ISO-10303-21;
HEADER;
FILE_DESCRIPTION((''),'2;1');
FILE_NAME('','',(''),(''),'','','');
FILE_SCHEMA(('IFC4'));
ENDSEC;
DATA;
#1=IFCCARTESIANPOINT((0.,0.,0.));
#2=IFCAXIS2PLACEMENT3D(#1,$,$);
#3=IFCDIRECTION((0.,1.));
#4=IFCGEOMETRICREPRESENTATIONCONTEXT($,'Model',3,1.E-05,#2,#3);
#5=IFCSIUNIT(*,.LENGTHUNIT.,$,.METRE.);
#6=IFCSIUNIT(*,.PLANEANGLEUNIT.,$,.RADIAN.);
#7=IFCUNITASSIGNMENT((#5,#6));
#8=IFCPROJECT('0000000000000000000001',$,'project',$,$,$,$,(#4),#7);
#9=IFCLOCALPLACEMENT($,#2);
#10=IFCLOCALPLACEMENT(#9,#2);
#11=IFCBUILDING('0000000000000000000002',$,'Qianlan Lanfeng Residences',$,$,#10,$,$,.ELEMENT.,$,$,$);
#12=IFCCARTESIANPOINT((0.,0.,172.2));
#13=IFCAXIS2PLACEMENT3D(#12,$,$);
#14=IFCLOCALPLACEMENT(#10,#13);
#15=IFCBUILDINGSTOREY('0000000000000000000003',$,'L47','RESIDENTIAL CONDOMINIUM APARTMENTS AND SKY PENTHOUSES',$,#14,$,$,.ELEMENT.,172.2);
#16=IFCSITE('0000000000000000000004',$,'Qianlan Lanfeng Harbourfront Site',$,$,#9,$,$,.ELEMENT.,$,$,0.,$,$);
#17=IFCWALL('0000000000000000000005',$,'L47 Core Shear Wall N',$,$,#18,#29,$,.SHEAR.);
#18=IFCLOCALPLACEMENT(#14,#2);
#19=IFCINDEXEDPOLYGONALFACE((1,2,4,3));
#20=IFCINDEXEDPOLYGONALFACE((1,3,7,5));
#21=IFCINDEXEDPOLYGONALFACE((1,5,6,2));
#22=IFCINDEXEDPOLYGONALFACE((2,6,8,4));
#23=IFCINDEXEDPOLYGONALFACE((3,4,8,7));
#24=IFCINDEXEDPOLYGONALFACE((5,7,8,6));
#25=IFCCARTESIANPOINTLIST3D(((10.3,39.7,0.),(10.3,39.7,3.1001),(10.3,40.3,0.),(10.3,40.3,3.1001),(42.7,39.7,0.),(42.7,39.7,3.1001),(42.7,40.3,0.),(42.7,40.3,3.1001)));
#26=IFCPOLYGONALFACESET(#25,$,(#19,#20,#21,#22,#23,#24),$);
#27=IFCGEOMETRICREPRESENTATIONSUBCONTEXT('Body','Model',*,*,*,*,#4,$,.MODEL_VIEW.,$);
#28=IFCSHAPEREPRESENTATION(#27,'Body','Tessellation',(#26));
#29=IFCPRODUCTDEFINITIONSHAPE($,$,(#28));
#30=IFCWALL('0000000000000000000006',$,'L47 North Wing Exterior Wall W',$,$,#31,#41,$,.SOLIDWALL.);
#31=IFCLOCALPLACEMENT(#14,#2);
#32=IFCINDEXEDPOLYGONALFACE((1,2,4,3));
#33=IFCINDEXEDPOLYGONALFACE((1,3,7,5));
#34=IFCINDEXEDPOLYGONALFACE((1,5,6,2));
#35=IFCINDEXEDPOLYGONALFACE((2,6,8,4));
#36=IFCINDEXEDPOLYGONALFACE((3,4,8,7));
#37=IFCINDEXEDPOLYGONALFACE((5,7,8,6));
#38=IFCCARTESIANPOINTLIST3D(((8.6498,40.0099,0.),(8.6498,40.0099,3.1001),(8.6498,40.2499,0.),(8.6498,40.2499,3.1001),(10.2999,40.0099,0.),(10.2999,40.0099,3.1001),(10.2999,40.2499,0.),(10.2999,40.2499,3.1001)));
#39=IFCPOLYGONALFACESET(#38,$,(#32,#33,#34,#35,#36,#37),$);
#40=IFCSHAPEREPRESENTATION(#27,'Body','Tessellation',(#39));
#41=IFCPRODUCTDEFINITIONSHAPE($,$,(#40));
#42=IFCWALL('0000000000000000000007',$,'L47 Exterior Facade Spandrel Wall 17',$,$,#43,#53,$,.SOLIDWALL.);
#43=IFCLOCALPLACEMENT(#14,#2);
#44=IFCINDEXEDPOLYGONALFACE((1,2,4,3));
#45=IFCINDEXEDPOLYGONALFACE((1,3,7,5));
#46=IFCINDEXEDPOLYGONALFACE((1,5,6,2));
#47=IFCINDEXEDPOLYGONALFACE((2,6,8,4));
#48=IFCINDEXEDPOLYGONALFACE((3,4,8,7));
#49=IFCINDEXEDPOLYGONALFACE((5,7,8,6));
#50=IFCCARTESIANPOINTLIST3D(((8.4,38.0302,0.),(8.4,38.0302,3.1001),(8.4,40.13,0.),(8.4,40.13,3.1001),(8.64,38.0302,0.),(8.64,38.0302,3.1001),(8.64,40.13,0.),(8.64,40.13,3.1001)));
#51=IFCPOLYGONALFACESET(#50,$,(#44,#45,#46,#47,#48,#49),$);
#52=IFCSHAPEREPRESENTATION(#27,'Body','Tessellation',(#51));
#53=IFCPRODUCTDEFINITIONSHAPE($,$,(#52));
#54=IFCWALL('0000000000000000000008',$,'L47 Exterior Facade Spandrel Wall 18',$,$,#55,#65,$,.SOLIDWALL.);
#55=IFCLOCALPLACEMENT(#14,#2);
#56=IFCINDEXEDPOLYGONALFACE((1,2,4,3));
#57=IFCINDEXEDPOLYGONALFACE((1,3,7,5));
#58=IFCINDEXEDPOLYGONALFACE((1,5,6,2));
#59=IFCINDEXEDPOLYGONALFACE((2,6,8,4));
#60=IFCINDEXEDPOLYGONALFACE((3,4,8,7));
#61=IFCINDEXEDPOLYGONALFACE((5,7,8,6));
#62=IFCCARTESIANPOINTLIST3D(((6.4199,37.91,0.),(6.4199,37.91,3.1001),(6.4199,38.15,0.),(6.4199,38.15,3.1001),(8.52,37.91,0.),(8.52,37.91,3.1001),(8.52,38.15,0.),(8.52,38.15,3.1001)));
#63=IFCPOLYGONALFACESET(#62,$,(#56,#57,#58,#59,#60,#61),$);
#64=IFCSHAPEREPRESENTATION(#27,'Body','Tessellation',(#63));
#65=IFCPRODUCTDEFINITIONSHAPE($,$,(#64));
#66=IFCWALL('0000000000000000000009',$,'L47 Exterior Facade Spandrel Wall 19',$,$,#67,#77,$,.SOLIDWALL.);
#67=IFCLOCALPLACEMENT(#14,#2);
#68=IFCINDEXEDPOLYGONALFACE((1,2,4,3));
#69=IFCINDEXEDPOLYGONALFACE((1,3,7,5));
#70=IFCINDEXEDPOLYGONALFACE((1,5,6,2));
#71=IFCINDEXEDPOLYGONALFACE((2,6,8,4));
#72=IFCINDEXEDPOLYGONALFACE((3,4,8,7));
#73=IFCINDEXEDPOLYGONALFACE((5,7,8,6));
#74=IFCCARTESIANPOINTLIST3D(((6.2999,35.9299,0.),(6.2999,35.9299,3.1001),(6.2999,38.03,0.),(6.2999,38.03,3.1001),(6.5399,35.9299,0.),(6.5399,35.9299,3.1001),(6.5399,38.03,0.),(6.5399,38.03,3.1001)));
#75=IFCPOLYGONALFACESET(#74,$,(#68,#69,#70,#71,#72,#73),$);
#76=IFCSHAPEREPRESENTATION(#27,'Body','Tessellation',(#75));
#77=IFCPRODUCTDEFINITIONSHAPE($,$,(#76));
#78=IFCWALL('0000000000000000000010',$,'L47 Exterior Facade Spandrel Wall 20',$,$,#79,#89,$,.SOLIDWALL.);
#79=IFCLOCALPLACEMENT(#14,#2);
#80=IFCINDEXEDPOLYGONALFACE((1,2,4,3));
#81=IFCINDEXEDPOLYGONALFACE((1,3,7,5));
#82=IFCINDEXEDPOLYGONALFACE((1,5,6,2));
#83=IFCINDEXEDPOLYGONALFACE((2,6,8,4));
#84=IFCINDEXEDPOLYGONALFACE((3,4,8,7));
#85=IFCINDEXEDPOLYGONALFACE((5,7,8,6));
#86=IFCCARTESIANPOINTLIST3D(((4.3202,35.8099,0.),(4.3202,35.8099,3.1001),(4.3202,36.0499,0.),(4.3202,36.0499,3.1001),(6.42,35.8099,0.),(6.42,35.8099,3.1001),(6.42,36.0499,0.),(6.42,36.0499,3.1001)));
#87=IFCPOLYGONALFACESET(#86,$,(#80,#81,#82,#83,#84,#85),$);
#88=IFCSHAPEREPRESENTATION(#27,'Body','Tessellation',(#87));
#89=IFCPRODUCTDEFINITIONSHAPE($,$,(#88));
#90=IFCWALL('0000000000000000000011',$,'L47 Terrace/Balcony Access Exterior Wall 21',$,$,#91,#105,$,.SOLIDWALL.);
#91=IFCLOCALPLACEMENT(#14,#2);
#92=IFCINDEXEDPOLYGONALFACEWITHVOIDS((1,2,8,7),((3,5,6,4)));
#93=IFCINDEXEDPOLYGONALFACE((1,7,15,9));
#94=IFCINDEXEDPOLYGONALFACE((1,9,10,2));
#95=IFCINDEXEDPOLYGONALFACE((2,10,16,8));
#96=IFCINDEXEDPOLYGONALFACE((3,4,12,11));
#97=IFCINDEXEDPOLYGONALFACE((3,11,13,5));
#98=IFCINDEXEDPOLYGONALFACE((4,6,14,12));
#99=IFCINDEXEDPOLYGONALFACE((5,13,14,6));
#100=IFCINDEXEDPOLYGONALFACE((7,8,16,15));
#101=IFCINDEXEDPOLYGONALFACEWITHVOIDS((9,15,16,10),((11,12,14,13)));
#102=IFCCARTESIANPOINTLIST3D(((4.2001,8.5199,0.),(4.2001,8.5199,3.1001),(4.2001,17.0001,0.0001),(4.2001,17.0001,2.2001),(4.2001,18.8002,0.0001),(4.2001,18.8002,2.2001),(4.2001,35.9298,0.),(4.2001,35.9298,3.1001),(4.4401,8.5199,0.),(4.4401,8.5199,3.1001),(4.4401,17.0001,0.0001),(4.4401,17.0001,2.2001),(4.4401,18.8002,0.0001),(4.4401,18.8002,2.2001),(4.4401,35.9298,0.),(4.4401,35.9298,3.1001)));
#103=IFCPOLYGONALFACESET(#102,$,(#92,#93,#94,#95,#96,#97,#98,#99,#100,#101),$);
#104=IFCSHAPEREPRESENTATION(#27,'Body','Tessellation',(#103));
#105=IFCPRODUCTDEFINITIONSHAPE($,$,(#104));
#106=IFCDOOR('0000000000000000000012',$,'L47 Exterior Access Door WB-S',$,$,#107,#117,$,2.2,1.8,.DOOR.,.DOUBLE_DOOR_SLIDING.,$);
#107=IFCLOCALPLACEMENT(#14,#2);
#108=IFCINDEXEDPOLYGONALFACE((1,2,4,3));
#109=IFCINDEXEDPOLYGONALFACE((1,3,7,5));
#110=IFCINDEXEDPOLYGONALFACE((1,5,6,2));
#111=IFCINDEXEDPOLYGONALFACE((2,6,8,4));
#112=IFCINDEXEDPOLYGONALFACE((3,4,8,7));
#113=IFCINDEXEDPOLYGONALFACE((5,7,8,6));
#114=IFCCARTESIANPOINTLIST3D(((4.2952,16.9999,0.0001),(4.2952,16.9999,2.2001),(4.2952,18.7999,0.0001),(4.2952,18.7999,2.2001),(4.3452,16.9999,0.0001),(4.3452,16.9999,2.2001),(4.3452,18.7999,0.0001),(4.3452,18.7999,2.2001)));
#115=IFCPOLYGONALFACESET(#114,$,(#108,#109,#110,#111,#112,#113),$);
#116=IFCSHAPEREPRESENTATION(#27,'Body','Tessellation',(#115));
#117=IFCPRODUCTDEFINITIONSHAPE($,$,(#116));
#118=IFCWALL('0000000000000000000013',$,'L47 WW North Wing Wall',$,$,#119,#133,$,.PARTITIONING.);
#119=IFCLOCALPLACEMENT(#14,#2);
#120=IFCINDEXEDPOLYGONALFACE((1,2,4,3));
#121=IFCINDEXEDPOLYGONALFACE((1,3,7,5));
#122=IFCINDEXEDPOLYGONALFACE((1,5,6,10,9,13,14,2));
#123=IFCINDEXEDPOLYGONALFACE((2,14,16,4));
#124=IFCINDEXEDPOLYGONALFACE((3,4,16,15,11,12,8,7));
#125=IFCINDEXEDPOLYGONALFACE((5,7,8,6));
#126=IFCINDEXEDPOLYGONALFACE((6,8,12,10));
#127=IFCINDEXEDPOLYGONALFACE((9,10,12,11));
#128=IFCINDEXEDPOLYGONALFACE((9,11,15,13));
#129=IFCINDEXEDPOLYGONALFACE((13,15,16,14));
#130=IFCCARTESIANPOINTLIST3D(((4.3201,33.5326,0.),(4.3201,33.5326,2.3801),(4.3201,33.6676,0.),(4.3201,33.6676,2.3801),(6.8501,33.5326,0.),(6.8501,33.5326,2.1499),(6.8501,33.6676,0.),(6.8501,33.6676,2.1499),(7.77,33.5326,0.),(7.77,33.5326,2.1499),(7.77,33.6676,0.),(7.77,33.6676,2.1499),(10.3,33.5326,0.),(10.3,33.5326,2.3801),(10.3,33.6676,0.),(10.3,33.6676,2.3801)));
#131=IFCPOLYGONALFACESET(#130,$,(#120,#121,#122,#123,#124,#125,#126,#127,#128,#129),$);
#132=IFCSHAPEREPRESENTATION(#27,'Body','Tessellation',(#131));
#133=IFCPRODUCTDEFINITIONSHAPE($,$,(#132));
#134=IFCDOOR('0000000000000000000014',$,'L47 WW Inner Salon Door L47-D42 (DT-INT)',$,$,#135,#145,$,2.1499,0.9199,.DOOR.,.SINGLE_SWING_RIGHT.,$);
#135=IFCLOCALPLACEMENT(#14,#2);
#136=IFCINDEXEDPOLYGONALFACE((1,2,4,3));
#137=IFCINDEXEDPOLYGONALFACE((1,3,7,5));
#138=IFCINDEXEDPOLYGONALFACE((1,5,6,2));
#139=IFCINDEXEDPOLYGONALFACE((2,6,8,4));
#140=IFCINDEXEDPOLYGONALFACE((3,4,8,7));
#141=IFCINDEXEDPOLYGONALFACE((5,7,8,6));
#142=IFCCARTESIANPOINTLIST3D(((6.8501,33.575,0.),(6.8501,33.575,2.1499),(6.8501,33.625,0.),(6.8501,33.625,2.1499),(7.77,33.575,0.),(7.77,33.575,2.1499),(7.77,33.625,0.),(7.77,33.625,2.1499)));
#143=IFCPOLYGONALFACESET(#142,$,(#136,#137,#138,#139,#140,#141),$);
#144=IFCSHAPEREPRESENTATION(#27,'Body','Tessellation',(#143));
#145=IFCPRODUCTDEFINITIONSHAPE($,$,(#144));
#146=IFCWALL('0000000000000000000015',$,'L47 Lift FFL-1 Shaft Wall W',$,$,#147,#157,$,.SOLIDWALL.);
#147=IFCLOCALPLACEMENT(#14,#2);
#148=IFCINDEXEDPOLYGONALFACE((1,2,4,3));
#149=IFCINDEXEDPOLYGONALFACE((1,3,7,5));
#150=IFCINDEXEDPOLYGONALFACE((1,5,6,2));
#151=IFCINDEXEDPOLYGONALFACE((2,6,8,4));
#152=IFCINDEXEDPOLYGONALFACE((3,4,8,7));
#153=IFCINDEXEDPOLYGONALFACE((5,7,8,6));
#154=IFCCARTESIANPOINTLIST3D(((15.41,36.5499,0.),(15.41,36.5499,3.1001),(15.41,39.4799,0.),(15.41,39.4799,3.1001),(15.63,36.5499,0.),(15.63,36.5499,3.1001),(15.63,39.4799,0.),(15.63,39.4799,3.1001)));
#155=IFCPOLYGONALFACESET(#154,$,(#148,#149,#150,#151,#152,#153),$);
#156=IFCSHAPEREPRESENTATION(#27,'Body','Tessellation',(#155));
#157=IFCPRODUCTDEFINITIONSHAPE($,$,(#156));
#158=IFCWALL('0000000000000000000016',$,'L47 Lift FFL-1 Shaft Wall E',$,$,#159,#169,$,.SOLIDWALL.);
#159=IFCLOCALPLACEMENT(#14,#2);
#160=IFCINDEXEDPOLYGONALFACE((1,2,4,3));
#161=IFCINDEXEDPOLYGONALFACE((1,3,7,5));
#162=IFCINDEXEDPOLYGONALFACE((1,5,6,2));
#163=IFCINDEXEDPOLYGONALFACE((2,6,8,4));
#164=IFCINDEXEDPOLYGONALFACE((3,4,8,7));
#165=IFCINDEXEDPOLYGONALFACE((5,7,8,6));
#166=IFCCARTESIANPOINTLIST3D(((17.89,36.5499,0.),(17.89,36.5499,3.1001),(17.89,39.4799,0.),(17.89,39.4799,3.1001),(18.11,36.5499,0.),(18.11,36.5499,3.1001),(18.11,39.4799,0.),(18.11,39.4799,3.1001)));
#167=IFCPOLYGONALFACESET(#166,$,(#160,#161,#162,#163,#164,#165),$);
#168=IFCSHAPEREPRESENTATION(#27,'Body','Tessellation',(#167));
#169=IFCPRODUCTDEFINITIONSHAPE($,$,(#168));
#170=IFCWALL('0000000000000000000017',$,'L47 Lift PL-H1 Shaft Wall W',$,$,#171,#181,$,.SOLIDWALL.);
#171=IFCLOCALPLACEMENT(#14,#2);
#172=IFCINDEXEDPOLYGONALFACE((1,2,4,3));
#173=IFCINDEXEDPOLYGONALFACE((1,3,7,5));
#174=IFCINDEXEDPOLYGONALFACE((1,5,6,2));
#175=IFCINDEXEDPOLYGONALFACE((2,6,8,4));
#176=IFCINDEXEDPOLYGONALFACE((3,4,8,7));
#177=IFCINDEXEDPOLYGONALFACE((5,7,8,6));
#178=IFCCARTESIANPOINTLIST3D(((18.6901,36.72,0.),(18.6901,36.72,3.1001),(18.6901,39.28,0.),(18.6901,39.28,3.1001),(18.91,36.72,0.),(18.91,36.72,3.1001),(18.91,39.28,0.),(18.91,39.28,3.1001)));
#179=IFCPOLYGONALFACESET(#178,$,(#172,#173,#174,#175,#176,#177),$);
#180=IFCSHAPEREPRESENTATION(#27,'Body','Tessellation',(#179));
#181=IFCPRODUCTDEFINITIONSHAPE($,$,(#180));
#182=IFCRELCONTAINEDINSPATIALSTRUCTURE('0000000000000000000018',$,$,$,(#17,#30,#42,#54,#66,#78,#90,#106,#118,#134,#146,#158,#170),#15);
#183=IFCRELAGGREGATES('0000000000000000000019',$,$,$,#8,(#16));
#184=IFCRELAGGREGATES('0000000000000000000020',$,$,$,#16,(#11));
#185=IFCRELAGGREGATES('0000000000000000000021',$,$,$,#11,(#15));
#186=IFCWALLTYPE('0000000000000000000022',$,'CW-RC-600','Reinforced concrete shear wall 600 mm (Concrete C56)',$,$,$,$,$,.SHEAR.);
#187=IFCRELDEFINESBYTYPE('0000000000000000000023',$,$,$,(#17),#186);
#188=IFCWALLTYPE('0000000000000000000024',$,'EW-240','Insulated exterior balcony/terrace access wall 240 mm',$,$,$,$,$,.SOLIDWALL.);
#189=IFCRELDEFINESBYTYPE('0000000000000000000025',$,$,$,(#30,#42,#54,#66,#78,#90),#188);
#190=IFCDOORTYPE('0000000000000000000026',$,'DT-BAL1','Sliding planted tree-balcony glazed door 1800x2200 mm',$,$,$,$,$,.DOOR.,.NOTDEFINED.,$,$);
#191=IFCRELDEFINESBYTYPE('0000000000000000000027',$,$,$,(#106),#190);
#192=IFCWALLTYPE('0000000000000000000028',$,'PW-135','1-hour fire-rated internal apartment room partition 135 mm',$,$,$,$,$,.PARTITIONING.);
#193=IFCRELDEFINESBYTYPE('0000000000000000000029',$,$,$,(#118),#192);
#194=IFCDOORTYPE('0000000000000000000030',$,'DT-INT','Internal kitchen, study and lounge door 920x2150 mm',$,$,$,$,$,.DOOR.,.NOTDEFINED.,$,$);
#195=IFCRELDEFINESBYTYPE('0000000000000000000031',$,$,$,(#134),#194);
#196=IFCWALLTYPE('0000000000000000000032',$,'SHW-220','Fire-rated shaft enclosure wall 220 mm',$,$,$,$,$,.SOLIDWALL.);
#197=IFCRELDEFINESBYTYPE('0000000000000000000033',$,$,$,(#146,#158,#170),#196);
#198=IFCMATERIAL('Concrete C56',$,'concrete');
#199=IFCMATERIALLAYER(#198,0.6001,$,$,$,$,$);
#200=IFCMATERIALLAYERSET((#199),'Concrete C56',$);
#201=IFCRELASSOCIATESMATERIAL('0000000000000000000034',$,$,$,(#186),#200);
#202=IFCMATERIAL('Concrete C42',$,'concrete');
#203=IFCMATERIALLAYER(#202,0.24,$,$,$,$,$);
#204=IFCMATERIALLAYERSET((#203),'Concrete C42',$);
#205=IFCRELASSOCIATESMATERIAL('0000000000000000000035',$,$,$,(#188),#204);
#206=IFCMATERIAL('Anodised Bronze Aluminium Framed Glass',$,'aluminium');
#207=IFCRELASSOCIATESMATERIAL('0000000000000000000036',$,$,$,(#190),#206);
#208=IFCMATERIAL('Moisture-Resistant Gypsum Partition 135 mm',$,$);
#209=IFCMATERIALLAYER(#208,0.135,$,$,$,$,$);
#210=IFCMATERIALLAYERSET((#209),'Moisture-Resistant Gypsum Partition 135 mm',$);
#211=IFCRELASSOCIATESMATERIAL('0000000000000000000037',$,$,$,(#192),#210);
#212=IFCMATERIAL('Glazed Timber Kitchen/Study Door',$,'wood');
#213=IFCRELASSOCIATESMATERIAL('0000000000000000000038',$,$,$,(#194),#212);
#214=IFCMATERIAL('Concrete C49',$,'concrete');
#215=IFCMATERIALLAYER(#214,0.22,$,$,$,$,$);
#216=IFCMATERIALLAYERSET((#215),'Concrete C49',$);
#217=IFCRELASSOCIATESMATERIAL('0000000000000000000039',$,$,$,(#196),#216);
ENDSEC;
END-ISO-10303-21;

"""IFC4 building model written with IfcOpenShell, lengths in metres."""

from ifc_helpers import new_model, si_unit, direction, frame, frame_2d, origin, place, context, subcontext, project, spatial, rectangle, extrude, material, layer, layer_set, type_object, element, fill, save


model = new_model("IFC4")

# Units and contexts
model_context = context("Model", 3, precision=1e-05, world=origin(), true_north=direction((0.0, 1.0)))
body_context = subcontext(model_context, "Body", "Model", "MODEL_VIEW")
ifc_project = project(units=[si_unit("LENGTHUNIT", "METRE"), si_unit("PLANEANGLEUNIT", "RADIAN")], contexts=[model_context])

# Site, building, storey
site_placement = place(None, origin())
site = spatial("IfcSite", under=ifc_project, at=site_placement, Name="Qianlan Lanfeng Harbourfront Site", CompositionType="ELEMENT", RefElevation=0.0)
building_placement = place(site_placement, origin())
building = spatial("IfcBuilding", under=site, at=building_placement, Name="Qianlan Lanfeng Residences", CompositionType="ELEMENT")
storey_placement = place(building_placement, frame((0.0, 0.0, 172.2)))
storey = spatial("IfcBuildingStorey", under=building, at=storey_placement, Name="L47", Description="RESIDENTIAL CONDOMINIUM APARTMENTS AND SKY PENTHOUSES", CompositionType="ELEMENT", Elevation=172.2)

# Shared definitions
ifc_material_1 = material(Name="Concrete C56", Category="concrete")

# Walls
ifc_layer_1 = layer(ifc_material_1, 0.6001)
ifc_layer_set_1 = layer_set([ifc_layer_1], Name="Concrete C56")
wall_type_1 = type_object("IfcWallType", Name="CW-RC-600", Description="Reinforced concrete shear wall 600 mm (Concrete C56)", PredefinedType="SHEAR", material=ifc_layer_set_1)
wall_1_placement = place(storey_placement, frame((10.3, 40.0, 0.0), z_axis=(0.0, 0.0, 1.0), x_axis=(1.0, 0.0, 0.0)))
element("IfcWall", 1, at=wall_1_placement, inside=storey, type_object=wall_type_1, Name="L47 Core Shear Wall N", PredefinedType="SHEAR", context=body_context, shape_type="SweptSolid", body=[
    extrude(rectangle(XDim=32.3999, YDim=0.6001, at=frame_2d((16.2, 0.0))), origin(), (0.0, 0.0, 1.0), 3.1001),
])
ifc_material_2 = material(Name="Concrete C42", Category="concrete")
ifc_layer_2 = layer(ifc_material_2, 0.24)
ifc_layer_set_2 = layer_set([ifc_layer_2], Name="Concrete C42")
wall_type_2 = type_object("IfcWallType", Name="EW-240", Description="Insulated exterior balcony/terrace access wall 240 mm", PredefinedType="SOLIDWALL", material=ifc_layer_set_2)
wall_2_placement = place(storey_placement, frame((10.3, 40.1299, 0.0), z_axis=(0.0, 0.0, 1.0), x_axis=(-1.0, 0.0, 0.0)))
element("IfcWall", 2, at=wall_2_placement, inside=storey, type_object=wall_type_2, Name="L47 North Wing Exterior Wall W", PredefinedType="SOLIDWALL", context=body_context, shape_type="SweptSolid", body=[
    extrude(rectangle(XDim=1.6501, YDim=0.24, at=frame_2d((0.8252, 0.0))), origin(), (0.0, 0.0, 1.0), 3.1001),
])
wall_3_placement = place(storey_placement, frame((8.52, 40.1299, 0.0), z_axis=(0.0, 0.0, 1.0), x_axis=(0.0, -1.0, 0.0)))
element("IfcWall", 3, at=wall_3_placement, inside=storey, type_object=wall_type_2, Name="L47 Exterior Facade Spandrel Wall 17", PredefinedType="SOLIDWALL", context=body_context, shape_type="SweptSolid", body=[
    extrude(rectangle(XDim=2.0999, YDim=0.24, at=frame_2d((1.0498, 0.0))), origin(), (0.0, 0.0, 1.0), 3.1001),
])
for number, where, z_axis, x_axis, name in (
    (4, (8.52, 38.03, 0.0), (0.0, 0.0, 1.0), (-1.0, 0.0, 0.0), "L47 Exterior Facade Spandrel Wall 18"),
    (5, (6.4199, 38.03, 0.0), (0.0, 0.0, 1.0), (0.0, -1.0, 0.0), "L47 Exterior Facade Spandrel Wall 19"),
):
    element("IfcWall", number, at=place(storey_placement, frame(where, z_axis=z_axis, x_axis=x_axis)), inside=storey, type_object=wall_type_2, Name=name, PredefinedType="SOLIDWALL", context=body_context, shape_type="SweptSolid", body=[
        extrude(rectangle(XDim=2.1001, YDim=0.24, at=frame_2d((1.05, 0.0))), origin(), (0.0, 0.0, 1.0), 3.1001),
    ])
wall_4_placement = place(storey_placement, frame((6.4199, 35.9299, 0.0), z_axis=(0.0, 0.0, 1.0), x_axis=(-1.0, 0.0, 0.0)))
element("IfcWall", 6, at=wall_4_placement, inside=storey, type_object=wall_type_2, Name="L47 Exterior Facade Spandrel Wall 20", PredefinedType="SOLIDWALL", context=body_context, shape_type="SweptSolid", body=[
    extrude(rectangle(XDim=2.0999, YDim=0.24, at=frame_2d((1.0498, 0.0))), origin(), (0.0, 0.0, 1.0), 3.1001),
])

# Walls, openings, doors
wall_5_placement = place(storey_placement, frame((4.3201, 35.9299, 0.0), z_axis=(0.0, 0.0, 1.0), x_axis=(0.0, -1.0, 0.0)))
wall_5 = element("IfcWall", 7, at=wall_5_placement, inside=storey, type_object=wall_type_2, Name="L47 Terrace/Balcony Access Exterior Wall 21", PredefinedType="SOLIDWALL", context=body_context, shape_type="SweptSolid", body=[
    extrude(rectangle(XDim=27.4099, YDim=0.24, at=frame_2d((13.7051, 0.0))), origin(), (0.0, 0.0, 1.0), 3.1001),
])
opening_1_placement = place(wall_5_placement, frame((17.1299, 0.0, 0.0)))
opening_1 = element("IfcOpeningElement", 8, at=opening_1_placement, cuts=wall_5, PredefinedType="OPENING", context=body_context, shape_type="SweptSolid", body=[
    extrude(rectangle(XDim=1.8, YDim=2.2, at=frame_2d((0.8999, 1.1001))), frame((0.0, 0.1299, 0.0), z_axis=(0.0, -1.0, 0.0), x_axis=(1.0, 0.0, 0.0)), (0.0, 0.0, 1.0), 0.26),
])
ifc_material_3 = material(Name="Anodised Bronze Aluminium Framed Glass", Category="aluminium")
door_type_1 = type_object("IfcDoorType", Name="DT-BAL1", Description="Sliding planted tree-balcony glazed door 1800x2200 mm", OperationType="NOTDEFINED", PredefinedType="DOOR", material=ifc_material_3)
door_1_placement = place(opening_1_placement, frame((1.8, 0.0, 0.0), z_axis=(0.0, 0.0, 1.0), x_axis=(-1.0, 0.0, 0.0)))
door_1 = element("IfcDoor", 9, at=door_1_placement, inside=storey, type_object=door_type_1, Name="L47 Exterior Access Door WB-S", OperationType="DOUBLE_DOOR_SLIDING", OverallHeight=2.2, OverallWidth=1.8, PredefinedType="DOOR", context=body_context, shape_type="SweptSolid", body=[
    extrude(rectangle(XDim=1.8, YDim=2.2, at=frame_2d((0.8999, 1.1001))), frame((0.0, 0.0249, 0.0), z_axis=(0.0, -1.0, 0.0), x_axis=(1.0, 0.0, 0.0)), (0.0, 0.0, 1.0), 0.05),
])
fill(opening_1, door_1)
ifc_material_4 = material(Name="Moisture-Resistant Gypsum Partition 135 mm")
ifc_layer_3 = layer(ifc_material_4, 0.135)
ifc_layer_set_3 = layer_set([ifc_layer_3], Name="Moisture-Resistant Gypsum Partition 135 mm")
wall_type_3 = type_object("IfcWallType", Name="PW-135", Description="1-hour fire-rated internal apartment room partition 135 mm", PredefinedType="PARTITIONING", material=ifc_layer_set_3)
wall_6_placement = place(storey_placement, frame((4.3201, 33.6001, 0.0), z_axis=(0.0, 0.0, 1.0), x_axis=(1.0, 0.0, 0.0)))
wall_6 = element("IfcWall", 10, at=wall_6_placement, inside=storey, type_object=wall_type_3, Name="L47 WW North Wing Wall", PredefinedType="PARTITIONING", context=body_context, shape_type="SweptSolid", body=[
    extrude(rectangle(XDim=5.98, YDim=0.135, at=frame_2d((2.99, 0.0))), origin(), (0.0, 0.0, 1.0), 2.3801),
])
opening_2_placement = place(wall_6_placement, frame((2.53, 0.0, 0.0)))
opening_2 = element("IfcOpeningElement", 11, at=opening_2_placement, cuts=wall_6, PredefinedType="OPENING", context=body_context, shape_type="SweptSolid", body=[
    extrude(rectangle(XDim=0.9199, YDim=2.1499, at=frame_2d((0.46, 1.075))), frame((0.0, 0.0776, 0.0), z_axis=(0.0, -1.0, 0.0), x_axis=(1.0, 0.0, 0.0)), (0.0, 0.0, 1.0), 0.155),
])
ifc_material_5 = material(Name="Glazed Timber Kitchen/Study Door", Category="wood")
door_type_2 = type_object("IfcDoorType", Name="DT-INT", Description="Internal kitchen, study and lounge door 920x2150 mm", OperationType="NOTDEFINED", PredefinedType="DOOR", material=ifc_material_5)
door_2_placement = place(opening_2_placement, origin())
door_2 = element("IfcDoor", 12, at=door_2_placement, inside=storey, type_object=door_type_2, Name="L47 WW Inner Salon Door L47-D42 (DT-INT)", OperationType="SINGLE_SWING_RIGHT", OverallHeight=2.1499, OverallWidth=0.9199, PredefinedType="DOOR", context=body_context, shape_type="SweptSolid", body=[
    extrude(rectangle(XDim=0.9199, YDim=2.1499, at=frame_2d((0.46, 1.075))), frame((0.0, 0.0249, 0.0), z_axis=(0.0, -1.0, 0.0), x_axis=(1.0, 0.0, 0.0)), (0.0, 0.0, 1.0), 0.05),
])
fill(opening_2, door_2)

# Walls
ifc_material_6 = material(Name="Concrete C49", Category="concrete")
ifc_layer_4 = layer(ifc_material_6, 0.22)
ifc_layer_set_4 = layer_set([ifc_layer_4], Name="Concrete C49")
wall_type_4 = type_object("IfcWallType", Name="SHW-220", Description="Fire-rated shaft enclosure wall 220 mm", PredefinedType="SOLIDWALL", material=ifc_layer_set_4)
for number, where, z_axis, x_axis, name in (
    (13, (15.52, 36.55, 0.0), (0.0, 0.0, 1.0), (0.0, 1.0, 0.0), "L47 Lift FFL-1 Shaft Wall W"),
    (14, (18.0, 36.55, 0.0), (0.0, 0.0, 1.0), (0.0, 1.0, 0.0), "L47 Lift FFL-1 Shaft Wall E"),
):
    element("IfcWall", number, at=place(storey_placement, frame(where, z_axis=z_axis, x_axis=x_axis)), inside=storey, type_object=wall_type_4, Name=name, PredefinedType="SOLIDWALL", context=body_context, shape_type="SweptSolid", body=[
        extrude(rectangle(XDim=2.9299, YDim=0.22, at=frame_2d((1.4648, 0.0))), origin(), (0.0, 0.0, 1.0), 3.1001),
    ])
wall_7_placement = place(storey_placement, frame((18.8, 36.72, 0.0), z_axis=(0.0, 0.0, 1.0), x_axis=(0.0, 1.0, 0.0)))
element("IfcWall", 15, at=wall_7_placement, inside=storey, type_object=wall_type_4, Name="L47 Lift PL-H1 Shaft Wall W", PredefinedType="SOLIDWALL", context=body_context, shape_type="SweptSolid", body=[
    extrude(rectangle(XDim=2.5601, YDim=0.22, at=frame_2d((1.28, 0.0))), origin(), (0.0, 0.0, 1.0), 3.1001),
])

save(model, "model.ifc")
